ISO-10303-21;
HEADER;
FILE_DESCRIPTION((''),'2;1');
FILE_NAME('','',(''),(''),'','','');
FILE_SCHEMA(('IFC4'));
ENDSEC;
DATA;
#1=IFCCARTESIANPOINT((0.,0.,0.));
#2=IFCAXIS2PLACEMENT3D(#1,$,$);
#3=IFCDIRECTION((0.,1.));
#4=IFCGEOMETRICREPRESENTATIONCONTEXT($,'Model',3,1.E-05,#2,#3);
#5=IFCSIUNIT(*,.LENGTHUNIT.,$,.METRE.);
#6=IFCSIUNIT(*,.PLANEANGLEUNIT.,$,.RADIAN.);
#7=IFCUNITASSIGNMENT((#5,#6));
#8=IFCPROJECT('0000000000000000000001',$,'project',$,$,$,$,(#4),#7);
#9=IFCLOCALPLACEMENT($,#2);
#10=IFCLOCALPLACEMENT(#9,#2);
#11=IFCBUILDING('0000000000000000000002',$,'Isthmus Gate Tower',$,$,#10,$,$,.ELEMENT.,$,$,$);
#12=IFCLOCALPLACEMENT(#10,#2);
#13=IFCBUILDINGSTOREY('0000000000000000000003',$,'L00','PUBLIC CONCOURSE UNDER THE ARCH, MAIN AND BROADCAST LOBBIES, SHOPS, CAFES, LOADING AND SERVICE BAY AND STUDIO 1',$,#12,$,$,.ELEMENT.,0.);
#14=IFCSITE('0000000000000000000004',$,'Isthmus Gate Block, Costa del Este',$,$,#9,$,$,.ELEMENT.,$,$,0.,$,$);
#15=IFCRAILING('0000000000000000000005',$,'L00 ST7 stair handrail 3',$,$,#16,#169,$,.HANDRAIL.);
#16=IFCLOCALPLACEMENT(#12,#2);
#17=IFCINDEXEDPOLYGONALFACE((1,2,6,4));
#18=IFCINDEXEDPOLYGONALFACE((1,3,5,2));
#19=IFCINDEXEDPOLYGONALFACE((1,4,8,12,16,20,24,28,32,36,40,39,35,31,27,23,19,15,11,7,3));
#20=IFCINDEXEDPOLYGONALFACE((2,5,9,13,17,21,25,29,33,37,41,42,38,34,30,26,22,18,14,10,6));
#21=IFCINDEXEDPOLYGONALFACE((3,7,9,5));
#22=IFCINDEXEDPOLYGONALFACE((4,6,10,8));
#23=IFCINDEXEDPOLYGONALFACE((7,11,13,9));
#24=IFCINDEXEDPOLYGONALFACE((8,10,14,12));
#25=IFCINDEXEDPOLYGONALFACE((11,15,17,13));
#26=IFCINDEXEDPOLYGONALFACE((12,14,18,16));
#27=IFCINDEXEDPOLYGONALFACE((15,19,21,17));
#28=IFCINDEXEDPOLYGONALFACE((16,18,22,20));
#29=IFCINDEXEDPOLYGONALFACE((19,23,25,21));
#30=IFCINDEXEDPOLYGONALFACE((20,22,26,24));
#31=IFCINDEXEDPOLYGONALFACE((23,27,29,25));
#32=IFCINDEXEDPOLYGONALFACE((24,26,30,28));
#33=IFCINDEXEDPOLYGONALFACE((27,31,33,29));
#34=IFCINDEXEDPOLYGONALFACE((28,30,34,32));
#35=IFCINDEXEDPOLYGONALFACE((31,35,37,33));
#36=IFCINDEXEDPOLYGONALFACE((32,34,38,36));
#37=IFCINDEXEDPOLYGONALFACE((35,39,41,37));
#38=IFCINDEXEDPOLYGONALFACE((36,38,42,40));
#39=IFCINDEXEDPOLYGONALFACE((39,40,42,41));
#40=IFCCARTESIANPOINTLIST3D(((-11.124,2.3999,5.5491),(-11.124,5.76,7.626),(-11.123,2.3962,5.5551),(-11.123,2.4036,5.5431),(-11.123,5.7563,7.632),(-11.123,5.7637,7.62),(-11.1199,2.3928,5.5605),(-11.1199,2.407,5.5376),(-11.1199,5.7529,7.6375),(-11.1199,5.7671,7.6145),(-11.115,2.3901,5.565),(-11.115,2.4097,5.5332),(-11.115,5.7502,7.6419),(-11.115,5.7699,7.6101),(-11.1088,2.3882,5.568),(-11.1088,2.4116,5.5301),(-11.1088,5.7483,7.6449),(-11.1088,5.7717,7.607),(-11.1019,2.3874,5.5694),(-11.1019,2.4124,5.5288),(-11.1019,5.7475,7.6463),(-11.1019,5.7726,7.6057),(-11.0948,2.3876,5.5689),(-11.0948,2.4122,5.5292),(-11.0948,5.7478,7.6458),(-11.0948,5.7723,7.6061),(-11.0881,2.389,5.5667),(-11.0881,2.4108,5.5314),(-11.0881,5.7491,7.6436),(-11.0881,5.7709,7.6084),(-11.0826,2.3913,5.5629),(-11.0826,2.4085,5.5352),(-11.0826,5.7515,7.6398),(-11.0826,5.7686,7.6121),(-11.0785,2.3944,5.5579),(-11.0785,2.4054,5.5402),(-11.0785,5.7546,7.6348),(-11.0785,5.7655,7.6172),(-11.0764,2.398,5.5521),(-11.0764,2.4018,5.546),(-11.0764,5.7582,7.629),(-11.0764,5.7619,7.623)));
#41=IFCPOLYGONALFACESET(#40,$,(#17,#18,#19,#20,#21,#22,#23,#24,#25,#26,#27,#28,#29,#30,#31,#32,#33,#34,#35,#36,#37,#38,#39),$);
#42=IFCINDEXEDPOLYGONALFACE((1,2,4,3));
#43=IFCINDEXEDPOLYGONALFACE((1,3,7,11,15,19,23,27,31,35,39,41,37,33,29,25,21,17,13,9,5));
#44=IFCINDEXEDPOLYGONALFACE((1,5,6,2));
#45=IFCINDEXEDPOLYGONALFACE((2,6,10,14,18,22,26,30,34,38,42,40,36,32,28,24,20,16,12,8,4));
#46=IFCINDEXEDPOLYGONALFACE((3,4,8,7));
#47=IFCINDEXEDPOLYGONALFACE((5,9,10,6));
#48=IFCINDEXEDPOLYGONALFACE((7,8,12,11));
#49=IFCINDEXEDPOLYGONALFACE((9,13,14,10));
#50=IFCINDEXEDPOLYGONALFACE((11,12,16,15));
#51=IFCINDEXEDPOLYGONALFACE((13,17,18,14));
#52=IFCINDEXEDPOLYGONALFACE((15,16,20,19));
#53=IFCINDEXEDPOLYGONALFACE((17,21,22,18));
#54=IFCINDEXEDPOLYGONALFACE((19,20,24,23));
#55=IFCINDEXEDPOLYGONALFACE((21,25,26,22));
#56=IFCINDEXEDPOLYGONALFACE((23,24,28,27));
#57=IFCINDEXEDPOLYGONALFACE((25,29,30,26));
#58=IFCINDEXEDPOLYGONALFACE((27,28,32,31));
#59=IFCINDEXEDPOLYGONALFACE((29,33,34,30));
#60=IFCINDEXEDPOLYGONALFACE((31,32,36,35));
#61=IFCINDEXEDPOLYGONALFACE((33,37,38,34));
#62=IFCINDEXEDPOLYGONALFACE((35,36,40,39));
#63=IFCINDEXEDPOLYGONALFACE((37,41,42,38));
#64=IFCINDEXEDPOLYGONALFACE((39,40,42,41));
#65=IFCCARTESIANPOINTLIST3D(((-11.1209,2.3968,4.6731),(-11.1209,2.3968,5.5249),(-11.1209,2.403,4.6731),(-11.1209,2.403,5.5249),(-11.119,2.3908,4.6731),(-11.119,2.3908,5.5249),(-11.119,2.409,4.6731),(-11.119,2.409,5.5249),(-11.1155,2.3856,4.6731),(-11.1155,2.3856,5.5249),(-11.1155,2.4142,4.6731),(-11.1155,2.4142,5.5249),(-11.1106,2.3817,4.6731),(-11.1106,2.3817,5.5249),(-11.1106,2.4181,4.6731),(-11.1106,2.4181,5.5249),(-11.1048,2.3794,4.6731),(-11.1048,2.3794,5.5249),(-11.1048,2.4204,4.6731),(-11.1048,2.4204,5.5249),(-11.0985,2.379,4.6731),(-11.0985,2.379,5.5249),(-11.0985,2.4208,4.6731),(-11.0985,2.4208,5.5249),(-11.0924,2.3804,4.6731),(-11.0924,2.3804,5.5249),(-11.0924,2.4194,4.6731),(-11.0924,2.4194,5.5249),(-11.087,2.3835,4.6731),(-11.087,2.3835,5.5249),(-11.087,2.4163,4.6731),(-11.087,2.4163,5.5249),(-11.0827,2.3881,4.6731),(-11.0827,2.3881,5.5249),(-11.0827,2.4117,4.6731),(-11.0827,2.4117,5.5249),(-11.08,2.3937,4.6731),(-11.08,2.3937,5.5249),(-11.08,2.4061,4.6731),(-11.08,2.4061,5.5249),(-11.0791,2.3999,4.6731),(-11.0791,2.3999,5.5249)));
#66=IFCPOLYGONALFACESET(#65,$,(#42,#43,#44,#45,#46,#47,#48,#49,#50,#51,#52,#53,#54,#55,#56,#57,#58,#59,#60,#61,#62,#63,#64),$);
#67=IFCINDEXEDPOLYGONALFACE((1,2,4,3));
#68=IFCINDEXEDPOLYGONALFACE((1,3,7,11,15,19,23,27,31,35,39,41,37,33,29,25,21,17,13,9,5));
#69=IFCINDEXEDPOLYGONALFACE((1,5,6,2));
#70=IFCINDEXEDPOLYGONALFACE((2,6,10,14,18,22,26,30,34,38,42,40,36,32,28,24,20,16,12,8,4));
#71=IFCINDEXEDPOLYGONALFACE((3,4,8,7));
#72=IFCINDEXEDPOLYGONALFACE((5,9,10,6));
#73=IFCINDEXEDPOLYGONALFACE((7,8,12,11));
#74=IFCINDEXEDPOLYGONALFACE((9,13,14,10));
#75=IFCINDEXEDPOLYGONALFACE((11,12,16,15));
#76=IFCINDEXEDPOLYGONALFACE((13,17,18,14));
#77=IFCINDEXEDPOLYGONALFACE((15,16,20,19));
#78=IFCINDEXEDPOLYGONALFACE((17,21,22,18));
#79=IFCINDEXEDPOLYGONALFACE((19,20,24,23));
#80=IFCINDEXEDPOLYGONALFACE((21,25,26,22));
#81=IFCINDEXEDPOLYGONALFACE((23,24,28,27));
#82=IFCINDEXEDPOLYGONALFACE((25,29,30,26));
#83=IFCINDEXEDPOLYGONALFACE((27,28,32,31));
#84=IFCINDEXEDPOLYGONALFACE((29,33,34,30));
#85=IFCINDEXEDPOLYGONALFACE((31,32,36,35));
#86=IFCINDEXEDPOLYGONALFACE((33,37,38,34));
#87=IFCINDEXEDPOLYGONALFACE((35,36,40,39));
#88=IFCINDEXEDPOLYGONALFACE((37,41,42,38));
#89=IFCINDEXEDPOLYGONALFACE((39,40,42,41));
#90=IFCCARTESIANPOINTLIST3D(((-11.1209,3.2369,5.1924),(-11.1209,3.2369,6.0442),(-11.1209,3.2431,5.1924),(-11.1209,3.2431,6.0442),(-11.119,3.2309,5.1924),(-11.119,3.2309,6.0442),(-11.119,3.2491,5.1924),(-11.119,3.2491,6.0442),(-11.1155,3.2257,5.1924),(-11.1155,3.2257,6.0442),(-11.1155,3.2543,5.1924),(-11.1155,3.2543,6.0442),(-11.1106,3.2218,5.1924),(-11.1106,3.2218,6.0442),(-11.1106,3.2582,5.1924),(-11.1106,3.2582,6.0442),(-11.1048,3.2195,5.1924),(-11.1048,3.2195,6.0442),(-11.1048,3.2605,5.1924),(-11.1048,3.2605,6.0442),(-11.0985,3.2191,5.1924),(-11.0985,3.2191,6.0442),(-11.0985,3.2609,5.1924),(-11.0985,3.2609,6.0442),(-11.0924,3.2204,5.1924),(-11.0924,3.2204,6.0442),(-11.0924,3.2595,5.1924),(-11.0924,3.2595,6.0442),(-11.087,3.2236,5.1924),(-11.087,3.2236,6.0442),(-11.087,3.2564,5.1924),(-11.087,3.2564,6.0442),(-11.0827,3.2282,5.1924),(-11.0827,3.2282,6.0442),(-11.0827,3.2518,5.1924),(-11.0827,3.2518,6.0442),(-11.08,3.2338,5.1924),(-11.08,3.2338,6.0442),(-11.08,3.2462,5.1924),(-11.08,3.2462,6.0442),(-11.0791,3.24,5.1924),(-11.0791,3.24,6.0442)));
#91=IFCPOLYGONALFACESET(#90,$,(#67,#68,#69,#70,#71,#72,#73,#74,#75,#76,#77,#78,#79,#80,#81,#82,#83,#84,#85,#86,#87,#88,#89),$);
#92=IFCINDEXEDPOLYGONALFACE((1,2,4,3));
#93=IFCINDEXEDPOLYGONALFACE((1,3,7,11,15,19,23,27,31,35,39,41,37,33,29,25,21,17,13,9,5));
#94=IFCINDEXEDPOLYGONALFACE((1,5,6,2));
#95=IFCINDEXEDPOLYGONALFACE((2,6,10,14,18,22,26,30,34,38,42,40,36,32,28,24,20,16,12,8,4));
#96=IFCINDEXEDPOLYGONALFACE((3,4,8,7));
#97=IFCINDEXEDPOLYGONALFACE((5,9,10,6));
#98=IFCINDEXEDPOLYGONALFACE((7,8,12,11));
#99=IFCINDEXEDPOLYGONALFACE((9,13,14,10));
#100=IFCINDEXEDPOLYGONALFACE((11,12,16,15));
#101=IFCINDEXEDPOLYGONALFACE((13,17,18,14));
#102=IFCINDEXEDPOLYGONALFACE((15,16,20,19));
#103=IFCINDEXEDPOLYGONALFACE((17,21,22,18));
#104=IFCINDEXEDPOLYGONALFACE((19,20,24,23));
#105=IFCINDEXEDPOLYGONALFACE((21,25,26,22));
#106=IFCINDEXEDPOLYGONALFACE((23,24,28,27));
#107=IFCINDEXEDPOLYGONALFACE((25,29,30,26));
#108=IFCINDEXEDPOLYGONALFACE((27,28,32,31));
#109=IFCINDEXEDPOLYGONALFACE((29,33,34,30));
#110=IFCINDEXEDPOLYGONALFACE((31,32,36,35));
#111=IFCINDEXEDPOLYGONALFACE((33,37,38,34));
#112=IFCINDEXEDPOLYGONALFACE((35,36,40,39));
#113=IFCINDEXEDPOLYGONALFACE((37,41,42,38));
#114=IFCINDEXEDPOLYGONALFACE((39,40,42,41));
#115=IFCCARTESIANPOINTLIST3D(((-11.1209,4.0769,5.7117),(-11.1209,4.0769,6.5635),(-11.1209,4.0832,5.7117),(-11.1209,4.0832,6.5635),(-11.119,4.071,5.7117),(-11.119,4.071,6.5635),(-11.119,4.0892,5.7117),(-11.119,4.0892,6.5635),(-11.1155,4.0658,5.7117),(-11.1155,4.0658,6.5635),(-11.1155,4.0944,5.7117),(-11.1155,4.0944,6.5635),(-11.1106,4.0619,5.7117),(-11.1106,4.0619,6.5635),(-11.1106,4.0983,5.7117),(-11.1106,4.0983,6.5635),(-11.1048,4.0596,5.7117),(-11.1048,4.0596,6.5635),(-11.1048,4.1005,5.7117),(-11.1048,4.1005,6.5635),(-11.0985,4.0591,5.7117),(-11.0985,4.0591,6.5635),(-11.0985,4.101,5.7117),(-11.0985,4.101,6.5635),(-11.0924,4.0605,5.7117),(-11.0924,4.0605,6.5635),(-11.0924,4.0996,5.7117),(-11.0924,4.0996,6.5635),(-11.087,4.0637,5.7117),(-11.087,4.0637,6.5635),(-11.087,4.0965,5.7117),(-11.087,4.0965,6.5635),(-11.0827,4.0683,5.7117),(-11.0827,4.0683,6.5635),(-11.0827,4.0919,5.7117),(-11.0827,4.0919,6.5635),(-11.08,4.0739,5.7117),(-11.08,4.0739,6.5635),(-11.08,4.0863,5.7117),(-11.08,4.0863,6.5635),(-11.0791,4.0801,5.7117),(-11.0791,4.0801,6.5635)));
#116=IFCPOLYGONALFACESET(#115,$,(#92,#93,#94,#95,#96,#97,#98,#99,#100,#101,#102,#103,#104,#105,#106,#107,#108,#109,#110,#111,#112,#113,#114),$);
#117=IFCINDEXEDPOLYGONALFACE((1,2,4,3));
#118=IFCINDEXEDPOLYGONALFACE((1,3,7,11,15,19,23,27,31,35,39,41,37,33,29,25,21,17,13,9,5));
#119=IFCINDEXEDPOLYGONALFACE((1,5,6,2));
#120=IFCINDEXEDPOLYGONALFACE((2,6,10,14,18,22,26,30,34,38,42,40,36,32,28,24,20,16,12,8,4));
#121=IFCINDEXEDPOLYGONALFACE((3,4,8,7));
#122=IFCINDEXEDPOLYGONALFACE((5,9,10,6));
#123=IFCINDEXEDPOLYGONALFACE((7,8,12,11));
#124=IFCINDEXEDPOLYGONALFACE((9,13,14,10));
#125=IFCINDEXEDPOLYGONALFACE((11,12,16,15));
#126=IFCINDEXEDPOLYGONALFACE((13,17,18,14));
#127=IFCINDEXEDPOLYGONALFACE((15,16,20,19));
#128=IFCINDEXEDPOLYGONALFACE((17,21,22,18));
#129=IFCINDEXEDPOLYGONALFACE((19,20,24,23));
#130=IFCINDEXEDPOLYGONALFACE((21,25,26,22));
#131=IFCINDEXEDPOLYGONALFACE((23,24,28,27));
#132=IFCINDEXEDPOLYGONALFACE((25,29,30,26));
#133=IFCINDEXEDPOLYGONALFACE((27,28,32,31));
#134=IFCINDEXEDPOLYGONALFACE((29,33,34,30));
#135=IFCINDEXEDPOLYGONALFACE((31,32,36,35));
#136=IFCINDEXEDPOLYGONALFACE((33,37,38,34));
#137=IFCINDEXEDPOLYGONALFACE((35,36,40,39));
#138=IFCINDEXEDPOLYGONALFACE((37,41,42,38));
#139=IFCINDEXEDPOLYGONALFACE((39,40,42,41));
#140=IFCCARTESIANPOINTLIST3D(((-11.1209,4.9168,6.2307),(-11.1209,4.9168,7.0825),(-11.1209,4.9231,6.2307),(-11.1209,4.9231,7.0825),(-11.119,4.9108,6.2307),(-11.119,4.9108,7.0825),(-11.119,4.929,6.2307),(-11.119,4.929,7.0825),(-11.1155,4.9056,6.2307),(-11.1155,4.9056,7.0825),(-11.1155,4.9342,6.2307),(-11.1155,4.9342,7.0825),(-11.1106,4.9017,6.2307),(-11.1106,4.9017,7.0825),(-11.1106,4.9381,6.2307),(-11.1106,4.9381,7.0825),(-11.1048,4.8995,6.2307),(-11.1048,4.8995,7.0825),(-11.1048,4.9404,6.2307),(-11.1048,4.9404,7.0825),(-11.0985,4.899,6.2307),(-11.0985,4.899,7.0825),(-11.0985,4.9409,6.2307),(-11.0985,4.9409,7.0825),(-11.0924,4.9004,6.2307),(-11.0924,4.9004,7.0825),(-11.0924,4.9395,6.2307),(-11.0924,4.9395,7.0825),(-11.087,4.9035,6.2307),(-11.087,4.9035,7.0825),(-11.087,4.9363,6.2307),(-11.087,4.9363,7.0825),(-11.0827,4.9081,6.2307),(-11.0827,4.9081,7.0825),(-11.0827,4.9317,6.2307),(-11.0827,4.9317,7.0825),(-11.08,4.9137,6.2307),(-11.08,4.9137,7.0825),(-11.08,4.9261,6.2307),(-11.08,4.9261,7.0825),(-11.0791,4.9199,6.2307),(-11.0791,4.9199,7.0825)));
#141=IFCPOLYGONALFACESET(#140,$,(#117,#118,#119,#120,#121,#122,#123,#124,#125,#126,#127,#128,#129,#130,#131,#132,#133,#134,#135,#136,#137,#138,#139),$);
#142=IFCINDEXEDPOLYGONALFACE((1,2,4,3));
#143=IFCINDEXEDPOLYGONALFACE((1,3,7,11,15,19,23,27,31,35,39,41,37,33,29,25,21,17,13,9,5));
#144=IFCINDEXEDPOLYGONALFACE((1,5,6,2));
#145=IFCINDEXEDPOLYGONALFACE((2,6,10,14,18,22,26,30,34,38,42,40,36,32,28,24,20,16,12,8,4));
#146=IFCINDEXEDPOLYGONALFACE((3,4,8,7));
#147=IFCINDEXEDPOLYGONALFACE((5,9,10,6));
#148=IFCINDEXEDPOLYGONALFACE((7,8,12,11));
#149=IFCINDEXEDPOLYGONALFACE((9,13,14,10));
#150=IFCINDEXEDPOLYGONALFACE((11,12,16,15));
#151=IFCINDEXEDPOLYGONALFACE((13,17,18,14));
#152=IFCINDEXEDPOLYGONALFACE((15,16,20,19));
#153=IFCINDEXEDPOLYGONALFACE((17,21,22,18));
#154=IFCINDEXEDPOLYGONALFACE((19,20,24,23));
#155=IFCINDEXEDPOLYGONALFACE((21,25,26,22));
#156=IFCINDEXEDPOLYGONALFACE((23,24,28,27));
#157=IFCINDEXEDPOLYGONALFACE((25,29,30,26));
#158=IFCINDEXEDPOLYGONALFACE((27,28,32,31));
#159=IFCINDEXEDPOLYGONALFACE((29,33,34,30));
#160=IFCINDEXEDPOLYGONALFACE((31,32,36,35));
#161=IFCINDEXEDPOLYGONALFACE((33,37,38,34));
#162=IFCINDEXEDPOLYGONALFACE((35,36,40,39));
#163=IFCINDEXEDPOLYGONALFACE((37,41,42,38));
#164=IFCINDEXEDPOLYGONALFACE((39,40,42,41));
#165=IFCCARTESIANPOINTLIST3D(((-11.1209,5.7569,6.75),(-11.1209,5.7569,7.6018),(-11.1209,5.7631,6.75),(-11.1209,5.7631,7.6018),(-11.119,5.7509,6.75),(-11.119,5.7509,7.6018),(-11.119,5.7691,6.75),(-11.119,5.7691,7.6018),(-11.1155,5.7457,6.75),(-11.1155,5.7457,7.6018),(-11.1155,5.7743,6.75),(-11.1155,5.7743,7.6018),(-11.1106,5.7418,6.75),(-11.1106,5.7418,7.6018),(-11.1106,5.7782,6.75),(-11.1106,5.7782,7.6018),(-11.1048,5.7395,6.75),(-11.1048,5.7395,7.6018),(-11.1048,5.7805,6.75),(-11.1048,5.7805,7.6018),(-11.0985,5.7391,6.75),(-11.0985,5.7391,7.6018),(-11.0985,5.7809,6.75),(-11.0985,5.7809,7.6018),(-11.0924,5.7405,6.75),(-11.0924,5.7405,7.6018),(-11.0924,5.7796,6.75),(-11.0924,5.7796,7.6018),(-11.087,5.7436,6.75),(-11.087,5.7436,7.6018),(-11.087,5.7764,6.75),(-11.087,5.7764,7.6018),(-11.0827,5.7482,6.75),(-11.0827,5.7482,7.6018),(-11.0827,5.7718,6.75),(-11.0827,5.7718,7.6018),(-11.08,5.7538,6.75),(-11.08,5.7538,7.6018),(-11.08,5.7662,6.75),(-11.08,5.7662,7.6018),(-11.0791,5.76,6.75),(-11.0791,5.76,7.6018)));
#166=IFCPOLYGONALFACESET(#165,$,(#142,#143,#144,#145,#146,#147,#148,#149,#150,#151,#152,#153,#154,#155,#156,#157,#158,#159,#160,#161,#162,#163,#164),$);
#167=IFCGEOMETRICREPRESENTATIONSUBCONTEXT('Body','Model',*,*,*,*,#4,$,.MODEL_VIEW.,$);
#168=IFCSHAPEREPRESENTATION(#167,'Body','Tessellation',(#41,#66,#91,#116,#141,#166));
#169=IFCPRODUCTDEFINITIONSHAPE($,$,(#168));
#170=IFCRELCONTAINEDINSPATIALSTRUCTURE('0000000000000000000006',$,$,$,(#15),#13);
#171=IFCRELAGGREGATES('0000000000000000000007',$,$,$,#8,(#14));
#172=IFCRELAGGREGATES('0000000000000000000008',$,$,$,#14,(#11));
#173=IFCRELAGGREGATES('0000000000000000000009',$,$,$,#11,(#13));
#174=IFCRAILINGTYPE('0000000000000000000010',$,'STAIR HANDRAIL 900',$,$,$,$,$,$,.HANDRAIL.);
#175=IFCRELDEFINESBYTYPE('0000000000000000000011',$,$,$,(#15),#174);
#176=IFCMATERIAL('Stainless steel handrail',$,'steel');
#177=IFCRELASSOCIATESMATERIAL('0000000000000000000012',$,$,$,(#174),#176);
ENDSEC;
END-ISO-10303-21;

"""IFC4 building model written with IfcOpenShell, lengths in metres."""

from ifc_helpers import new_model, si_unit, direction, frame, origin, origin_2d, place, context, subcontext, project, spatial, circle, extrude, material, type_object, element, save


model = new_model("IFC4")

# Units and contexts
model_context = context("Model", 3, precision=1e-05, world=origin(), true_north=direction((0.0, 1.0)))
body_context = subcontext(model_context, "Body", "Model", "MODEL_VIEW")
ifc_project = project(units=[si_unit("LENGTHUNIT", "METRE"), si_unit("PLANEANGLEUNIT", "RADIAN")], contexts=[model_context])

# Site, building, storey
site_placement = place(None, origin())
site = spatial("IfcSite", under=ifc_project, at=site_placement, Name="Isthmus Gate Block, Costa del Este", CompositionType="ELEMENT", RefElevation=0.0)
building_placement = place(site_placement, origin())
building = spatial("IfcBuilding", under=site, at=building_placement, Name="Isthmus Gate Tower", CompositionType="ELEMENT")
storey_placement = place(building_placement, origin())
storey = spatial("IfcBuildingStorey", under=building, at=storey_placement, Name="L00", Description="PUBLIC CONCOURSE UNDER THE ARCH, MAIN AND BROADCAST LOBBIES, SHOPS, CAFES, LOADING AND SERVICE BAY AND STUDIO 1", CompositionType="ELEMENT", Elevation=0.0)

# Railing
ifc_material_1 = material(Name="Stainless steel handrail", Category="steel")
railing_type_1 = type_object("IfcRailingType", Name="STAIR HANDRAIL 900", PredefinedType="HANDRAIL", material=ifc_material_1)
for number, where, name in (
    (1, (-11.1001, 2.3999, 4.6731), "L00 ST7 stair handrail 3"),
):
    element("IfcRailing", number, at=place(storey_placement, frame(where)), inside=storey, type_object=railing_type_1, Name=name, PredefinedType="HANDRAIL", context=body_context, shape_type="SweptSolid", body=[
        extrude(circle(Radius=0.0239, at=origin_2d()), frame((0.0, 0.0, 0.876), z_axis=(0.0, 0.850623, 0.525776), x_axis=(-1.0, 0.0, 0.0)), (0.0, 0.0, 1.0), 3.9502),
        extrude(circle(Radius=0.021, at=origin_2d()), origin(), (0.0, 0.0, 1.0), 0.8518),
        extrude(circle(Radius=0.021, at=origin_2d()), frame((0.0, 0.8401, 0.5193)), (0.0, 0.0, 1.0), 0.8518),
        extrude(circle(Radius=0.021, at=origin_2d()), frame((0.0, 1.6802, 1.0386)), (0.0, 0.0, 1.0), 0.8518),
        extrude(circle(Radius=0.021, at=origin_2d()), frame((0.0, 2.52, 1.5576)), (0.0, 0.0, 1.0), 0.8518),
        extrude(circle(Radius=0.021, at=origin_2d()), frame((0.0, 3.3601, 2.0769)), (0.0, 0.0, 1.0), 0.8518),
    ])

save(model, "model.ifc")
